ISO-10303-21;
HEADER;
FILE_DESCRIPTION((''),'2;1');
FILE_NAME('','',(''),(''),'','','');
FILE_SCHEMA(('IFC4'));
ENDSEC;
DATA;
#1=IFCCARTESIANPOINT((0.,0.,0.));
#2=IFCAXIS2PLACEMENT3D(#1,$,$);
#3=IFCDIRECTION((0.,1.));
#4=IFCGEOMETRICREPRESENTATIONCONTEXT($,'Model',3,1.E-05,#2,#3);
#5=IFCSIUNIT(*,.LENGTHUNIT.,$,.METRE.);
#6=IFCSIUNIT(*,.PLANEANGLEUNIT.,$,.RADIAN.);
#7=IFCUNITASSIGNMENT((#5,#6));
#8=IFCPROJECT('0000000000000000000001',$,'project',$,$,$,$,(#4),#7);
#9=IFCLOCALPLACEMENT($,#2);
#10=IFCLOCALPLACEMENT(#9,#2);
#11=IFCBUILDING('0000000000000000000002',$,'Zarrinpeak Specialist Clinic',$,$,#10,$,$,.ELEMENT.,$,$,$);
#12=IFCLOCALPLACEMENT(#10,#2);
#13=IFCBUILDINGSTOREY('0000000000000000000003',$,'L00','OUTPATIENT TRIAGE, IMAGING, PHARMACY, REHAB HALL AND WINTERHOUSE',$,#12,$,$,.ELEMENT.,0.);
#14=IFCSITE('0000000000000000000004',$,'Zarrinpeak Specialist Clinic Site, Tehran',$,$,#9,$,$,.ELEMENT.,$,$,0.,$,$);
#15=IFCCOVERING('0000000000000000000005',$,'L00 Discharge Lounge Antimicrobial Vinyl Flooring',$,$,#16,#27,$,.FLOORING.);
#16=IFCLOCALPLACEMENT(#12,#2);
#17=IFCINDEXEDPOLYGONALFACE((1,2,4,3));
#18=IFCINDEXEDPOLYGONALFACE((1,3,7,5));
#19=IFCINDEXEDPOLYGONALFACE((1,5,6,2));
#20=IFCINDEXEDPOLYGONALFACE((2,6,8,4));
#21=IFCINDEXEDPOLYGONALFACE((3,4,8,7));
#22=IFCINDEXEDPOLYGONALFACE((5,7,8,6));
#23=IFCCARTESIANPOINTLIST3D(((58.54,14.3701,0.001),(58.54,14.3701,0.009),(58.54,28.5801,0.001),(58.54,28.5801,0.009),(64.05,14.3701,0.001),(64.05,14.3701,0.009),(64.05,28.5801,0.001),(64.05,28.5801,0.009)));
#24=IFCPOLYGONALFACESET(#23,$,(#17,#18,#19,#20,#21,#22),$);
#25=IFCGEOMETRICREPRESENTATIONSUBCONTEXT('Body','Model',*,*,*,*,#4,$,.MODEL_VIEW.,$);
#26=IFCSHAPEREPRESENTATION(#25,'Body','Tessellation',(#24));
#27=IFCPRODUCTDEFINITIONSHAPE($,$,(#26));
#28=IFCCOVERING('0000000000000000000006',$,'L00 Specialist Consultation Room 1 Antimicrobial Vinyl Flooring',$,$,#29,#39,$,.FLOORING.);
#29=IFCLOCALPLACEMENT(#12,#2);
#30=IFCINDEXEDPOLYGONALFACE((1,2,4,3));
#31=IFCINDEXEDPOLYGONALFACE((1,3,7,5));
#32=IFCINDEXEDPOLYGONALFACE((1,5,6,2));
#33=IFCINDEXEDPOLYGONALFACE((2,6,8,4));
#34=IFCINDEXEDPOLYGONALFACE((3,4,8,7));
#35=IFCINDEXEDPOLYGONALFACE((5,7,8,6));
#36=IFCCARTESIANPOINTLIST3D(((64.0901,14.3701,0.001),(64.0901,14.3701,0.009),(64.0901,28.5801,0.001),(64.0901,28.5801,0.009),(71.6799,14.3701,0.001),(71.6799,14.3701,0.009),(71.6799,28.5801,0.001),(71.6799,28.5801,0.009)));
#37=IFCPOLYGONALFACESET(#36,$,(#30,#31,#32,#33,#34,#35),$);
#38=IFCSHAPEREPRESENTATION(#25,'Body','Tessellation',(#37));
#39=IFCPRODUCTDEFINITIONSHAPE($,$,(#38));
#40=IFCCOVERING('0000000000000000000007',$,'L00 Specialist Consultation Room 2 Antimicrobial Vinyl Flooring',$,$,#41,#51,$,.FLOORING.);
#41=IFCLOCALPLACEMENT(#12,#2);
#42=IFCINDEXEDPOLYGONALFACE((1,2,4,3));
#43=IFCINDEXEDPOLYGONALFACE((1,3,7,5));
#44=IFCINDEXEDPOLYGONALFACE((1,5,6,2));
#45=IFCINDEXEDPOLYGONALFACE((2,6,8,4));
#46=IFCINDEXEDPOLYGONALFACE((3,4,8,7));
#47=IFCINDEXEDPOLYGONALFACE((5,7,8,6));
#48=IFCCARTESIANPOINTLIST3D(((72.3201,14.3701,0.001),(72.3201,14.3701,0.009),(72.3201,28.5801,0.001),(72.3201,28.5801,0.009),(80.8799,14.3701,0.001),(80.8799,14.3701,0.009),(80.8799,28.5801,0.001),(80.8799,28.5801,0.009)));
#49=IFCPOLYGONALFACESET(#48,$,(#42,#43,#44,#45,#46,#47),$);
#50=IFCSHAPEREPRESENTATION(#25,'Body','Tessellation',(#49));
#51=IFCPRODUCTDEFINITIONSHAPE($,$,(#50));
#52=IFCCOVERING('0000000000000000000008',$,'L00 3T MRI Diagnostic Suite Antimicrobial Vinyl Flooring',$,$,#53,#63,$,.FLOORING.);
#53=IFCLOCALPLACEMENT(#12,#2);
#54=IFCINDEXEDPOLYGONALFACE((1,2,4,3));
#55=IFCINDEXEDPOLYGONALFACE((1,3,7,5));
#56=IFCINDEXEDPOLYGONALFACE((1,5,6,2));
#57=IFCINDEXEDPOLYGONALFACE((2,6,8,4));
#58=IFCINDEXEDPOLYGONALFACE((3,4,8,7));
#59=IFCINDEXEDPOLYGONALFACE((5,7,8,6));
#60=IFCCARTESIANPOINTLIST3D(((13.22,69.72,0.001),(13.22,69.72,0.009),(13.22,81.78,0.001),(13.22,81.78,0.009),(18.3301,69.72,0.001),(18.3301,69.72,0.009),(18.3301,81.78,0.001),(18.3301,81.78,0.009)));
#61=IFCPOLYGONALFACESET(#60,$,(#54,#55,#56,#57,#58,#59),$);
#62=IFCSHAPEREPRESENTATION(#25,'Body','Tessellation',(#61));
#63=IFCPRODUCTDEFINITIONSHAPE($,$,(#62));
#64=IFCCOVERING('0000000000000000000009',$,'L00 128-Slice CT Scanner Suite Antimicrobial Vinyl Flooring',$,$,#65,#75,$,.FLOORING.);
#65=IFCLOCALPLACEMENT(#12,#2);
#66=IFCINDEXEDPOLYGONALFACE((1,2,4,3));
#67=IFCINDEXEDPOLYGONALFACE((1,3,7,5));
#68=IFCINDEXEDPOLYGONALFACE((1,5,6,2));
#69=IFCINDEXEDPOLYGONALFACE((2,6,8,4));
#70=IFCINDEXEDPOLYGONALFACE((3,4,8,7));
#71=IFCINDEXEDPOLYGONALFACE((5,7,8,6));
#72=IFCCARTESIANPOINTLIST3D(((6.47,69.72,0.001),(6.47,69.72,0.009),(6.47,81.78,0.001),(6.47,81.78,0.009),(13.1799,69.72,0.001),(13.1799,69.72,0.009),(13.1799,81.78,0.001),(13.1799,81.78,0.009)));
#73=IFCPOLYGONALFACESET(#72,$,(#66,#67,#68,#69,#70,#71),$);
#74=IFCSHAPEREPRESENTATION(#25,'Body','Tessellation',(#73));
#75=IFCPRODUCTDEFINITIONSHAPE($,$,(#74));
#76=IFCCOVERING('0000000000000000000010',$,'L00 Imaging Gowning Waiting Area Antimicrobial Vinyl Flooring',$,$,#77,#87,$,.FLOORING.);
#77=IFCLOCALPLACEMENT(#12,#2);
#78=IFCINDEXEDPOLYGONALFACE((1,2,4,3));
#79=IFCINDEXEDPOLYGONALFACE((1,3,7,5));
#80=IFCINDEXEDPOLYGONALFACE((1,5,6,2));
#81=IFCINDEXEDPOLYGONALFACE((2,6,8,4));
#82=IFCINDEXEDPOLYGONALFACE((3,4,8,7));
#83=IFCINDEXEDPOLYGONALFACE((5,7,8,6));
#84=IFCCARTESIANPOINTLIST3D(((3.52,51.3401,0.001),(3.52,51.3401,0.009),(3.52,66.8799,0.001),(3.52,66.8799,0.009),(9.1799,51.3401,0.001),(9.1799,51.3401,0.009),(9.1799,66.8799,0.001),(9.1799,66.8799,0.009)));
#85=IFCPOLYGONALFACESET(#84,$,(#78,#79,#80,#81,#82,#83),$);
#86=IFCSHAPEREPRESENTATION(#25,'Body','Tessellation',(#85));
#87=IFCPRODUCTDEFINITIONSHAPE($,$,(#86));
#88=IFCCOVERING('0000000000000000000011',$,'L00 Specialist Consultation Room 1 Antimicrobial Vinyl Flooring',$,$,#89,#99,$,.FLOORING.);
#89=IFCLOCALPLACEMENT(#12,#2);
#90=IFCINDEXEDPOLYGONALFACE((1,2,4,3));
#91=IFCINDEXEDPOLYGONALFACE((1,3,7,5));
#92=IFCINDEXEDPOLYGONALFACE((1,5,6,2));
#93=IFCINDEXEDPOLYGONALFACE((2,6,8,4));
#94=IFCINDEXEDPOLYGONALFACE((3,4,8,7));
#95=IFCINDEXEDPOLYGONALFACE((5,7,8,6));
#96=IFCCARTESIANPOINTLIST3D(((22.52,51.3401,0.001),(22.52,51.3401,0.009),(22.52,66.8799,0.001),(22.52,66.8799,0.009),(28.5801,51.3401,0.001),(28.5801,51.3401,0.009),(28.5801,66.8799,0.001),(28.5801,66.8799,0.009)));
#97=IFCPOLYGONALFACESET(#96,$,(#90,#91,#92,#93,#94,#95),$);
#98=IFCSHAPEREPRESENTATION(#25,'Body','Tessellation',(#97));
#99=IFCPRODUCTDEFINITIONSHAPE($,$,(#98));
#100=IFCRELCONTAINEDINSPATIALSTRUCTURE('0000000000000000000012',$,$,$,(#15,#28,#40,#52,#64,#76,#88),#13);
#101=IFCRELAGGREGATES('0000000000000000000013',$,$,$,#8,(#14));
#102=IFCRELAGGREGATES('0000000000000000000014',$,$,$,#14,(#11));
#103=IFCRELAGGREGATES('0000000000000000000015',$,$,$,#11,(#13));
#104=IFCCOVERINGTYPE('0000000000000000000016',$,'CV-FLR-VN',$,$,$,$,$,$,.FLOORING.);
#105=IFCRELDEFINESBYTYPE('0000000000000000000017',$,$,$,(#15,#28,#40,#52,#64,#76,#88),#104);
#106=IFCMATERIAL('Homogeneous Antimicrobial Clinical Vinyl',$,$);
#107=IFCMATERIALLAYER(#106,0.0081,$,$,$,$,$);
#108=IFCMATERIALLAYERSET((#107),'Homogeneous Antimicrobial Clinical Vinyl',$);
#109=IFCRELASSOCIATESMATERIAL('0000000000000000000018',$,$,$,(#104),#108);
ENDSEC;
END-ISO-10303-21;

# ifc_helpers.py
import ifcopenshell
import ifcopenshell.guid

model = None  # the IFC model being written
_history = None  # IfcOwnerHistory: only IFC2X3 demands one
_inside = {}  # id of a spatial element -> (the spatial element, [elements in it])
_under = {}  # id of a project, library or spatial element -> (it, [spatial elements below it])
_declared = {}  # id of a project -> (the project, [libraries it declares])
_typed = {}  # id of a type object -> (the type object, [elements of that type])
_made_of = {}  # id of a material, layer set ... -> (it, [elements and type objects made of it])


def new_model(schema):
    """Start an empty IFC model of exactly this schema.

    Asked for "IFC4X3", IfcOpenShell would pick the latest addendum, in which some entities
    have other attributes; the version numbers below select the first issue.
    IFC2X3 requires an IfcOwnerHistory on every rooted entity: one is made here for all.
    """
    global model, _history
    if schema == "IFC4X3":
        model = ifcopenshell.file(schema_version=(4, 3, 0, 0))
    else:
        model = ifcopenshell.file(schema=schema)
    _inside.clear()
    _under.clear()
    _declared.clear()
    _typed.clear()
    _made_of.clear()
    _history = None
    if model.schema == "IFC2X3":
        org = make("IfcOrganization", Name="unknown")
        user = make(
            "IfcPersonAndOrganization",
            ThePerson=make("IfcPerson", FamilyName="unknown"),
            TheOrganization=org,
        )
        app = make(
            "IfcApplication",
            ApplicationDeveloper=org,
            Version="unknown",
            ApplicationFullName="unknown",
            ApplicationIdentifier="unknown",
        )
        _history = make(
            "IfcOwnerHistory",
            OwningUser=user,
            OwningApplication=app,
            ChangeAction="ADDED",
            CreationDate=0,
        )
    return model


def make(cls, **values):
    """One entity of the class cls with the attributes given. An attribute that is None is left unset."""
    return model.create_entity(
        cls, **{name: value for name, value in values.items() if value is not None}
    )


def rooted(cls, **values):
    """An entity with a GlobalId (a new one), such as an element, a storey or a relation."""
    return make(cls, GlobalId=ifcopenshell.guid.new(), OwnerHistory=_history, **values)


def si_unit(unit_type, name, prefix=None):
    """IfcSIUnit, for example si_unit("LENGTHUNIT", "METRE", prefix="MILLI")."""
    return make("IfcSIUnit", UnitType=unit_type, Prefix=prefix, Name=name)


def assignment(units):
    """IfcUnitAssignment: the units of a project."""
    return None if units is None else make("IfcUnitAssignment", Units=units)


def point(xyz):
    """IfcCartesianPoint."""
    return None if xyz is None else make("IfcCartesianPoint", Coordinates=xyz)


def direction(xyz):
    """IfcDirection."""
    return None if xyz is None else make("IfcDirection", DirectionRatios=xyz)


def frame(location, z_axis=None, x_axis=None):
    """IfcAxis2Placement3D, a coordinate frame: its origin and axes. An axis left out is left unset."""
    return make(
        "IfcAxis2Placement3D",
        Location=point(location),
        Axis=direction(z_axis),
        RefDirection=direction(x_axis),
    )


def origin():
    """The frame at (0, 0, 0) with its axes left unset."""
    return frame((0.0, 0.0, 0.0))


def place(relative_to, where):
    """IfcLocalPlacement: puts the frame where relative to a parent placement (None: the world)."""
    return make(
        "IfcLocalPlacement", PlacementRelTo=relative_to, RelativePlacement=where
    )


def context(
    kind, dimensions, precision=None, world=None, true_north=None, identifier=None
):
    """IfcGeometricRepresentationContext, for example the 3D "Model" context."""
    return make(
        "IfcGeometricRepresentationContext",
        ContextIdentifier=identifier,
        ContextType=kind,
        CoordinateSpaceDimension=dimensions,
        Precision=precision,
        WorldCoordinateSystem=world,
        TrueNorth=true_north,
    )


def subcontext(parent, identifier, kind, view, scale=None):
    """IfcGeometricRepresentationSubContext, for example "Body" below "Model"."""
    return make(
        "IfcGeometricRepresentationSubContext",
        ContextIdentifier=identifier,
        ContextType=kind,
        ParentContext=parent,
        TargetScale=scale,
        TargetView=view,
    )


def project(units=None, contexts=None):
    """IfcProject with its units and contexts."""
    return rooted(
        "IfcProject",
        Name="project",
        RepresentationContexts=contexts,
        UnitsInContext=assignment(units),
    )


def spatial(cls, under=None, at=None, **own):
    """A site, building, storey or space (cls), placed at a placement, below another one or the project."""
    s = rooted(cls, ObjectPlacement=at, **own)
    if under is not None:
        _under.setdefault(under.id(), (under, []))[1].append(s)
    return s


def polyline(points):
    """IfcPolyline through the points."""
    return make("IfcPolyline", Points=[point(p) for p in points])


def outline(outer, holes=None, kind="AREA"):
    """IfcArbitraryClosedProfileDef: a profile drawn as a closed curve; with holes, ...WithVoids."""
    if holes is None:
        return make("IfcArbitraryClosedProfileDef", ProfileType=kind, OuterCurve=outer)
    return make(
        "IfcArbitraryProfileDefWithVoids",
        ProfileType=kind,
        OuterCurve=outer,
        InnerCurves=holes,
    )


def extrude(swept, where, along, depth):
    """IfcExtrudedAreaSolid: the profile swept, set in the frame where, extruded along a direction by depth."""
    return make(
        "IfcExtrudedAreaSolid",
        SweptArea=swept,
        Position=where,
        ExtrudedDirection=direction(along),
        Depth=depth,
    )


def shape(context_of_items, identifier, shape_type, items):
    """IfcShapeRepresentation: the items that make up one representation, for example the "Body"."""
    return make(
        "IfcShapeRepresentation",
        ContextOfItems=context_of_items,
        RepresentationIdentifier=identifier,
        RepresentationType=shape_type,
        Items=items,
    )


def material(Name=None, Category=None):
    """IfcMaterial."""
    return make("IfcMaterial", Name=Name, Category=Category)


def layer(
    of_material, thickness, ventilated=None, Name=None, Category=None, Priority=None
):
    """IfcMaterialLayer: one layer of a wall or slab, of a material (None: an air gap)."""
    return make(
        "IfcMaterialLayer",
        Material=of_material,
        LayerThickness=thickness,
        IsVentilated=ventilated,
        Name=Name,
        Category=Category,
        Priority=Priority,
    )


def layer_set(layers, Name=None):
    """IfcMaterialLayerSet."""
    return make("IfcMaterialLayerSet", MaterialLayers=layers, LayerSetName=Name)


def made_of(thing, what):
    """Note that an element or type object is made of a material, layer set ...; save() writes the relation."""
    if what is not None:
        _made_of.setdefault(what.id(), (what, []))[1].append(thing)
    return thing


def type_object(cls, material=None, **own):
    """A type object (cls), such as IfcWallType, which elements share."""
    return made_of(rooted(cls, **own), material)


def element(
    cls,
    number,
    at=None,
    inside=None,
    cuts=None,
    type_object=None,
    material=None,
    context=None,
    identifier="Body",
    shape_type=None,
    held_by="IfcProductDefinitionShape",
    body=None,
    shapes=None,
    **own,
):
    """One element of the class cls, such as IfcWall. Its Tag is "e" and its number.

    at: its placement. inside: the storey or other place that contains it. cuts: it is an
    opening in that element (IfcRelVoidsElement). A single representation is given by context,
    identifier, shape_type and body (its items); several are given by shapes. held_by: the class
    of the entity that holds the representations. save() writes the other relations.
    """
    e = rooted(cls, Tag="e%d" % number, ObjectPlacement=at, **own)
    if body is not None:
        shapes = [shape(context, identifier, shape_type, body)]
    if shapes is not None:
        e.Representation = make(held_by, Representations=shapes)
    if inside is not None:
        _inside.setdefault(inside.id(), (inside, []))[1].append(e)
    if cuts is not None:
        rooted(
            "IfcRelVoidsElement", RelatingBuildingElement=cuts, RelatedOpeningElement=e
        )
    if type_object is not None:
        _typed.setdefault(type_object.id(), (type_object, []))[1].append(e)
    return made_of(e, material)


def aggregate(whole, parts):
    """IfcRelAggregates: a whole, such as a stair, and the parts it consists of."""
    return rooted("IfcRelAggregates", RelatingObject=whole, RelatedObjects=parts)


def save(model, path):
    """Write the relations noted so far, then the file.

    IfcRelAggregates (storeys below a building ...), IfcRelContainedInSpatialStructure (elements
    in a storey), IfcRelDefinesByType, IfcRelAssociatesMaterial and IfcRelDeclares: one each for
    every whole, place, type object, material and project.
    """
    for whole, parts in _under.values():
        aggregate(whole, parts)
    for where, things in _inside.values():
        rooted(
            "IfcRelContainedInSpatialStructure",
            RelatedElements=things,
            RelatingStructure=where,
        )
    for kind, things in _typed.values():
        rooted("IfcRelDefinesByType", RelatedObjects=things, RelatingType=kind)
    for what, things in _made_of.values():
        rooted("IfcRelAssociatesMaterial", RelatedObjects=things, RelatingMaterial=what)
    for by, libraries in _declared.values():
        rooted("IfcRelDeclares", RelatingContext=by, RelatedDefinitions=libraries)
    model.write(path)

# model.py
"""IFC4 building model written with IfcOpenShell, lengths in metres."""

from ifc_helpers import new_model, si_unit, direction, frame, origin, place, context, subcontext, project, spatial, polyline, outline, extrude, material, layer, layer_set, type_object, element, save


model = new_model("IFC4")

# Units and contexts
model_context = context("Model", 3, precision=1e-05, world=origin(), true_north=direction((0.0, 1.0)))
body_context = subcontext(model_context, "Body", "Model", "MODEL_VIEW")
ifc_project = project(units=[si_unit("LENGTHUNIT", "METRE"), si_unit("PLANEANGLEUNIT", "RADIAN")], contexts=[model_context])

# Site, building, storey
site_placement = place(None, origin())
site = spatial("IfcSite", under=ifc_project, at=site_placement, Name="Zarrinpeak Specialist Clinic Site, Tehran", CompositionType="ELEMENT", RefElevation=0.0)
building_placement = place(site_placement, origin())
building = spatial("IfcBuilding", under=site, at=building_placement, Name="Zarrinpeak Specialist Clinic", CompositionType="ELEMENT")
storey_placement = place(building_placement, origin())
storey = spatial("IfcBuildingStorey", under=building, at=storey_placement, Name="L00", Description="OUTPATIENT TRIAGE, IMAGING, PHARMACY, REHAB HALL AND WINTERHOUSE", CompositionType="ELEMENT", Elevation=0.0)

# Coverings
ifc_material_1 = material(Name="Homogeneous Antimicrobial Clinical Vinyl")
ifc_layer_1 = layer(ifc_material_1, 0.0081)
ifc_layer_set_1 = layer_set([ifc_layer_1], Name="Homogeneous Antimicrobial Clinical Vinyl")
covering_type = type_object("IfcCoveringType", Name="CV-FLR-VN", PredefinedType="FLOORING", material=ifc_layer_set_1)
covering_1_placement = place(storey_placement, frame((0.0, 0.0, 0.001)))
element("IfcCovering", 1, at=covering_1_placement, inside=storey, type_object=covering_type, Name="L00 Discharge Lounge Antimicrobial Vinyl Flooring", PredefinedType="FLOORING", context=body_context, shape_type="SweptSolid", body=[
    extrude(outline(polyline([(58.54, 14.3701), (64.05, 14.3701), (64.05, 28.5801), (58.54, 28.5801), (58.54, 14.3701)])), origin(), (0.0, 0.0, 1.0), 0.0081),
])
covering_2_placement = place(storey_placement, frame((0.0, 0.0, 0.001)))
element("IfcCovering", 2, at=covering_2_placement, inside=storey, type_object=covering_type, Name="L00 Specialist Consultation Room 1 Antimicrobial Vinyl Flooring", PredefinedType="FLOORING", context=body_context, shape_type="SweptSolid", body=[
    extrude(outline(polyline([(64.0901, 14.3701), (71.6799, 14.3701), (71.6799, 28.5801), (64.0901, 28.5801), (64.0901, 14.3701)])), origin(), (0.0, 0.0, 1.0), 0.0081),
])
covering_3_placement = place(storey_placement, frame((0.0, 0.0, 0.001)))
element("IfcCovering", 3, at=covering_3_placement, inside=storey, type_object=covering_type, Name="L00 Specialist Consultation Room 2 Antimicrobial Vinyl Flooring", PredefinedType="FLOORING", context=body_context, shape_type="SweptSolid", body=[
    extrude(outline(polyline([(72.3201, 14.3701), (80.8799, 14.3701), (80.8799, 28.5801), (72.3201, 28.5801), (72.3201, 14.3701)])), origin(), (0.0, 0.0, 1.0), 0.0081),
])
covering_4_placement = place(storey_placement, frame((0.0, 0.0, 0.001)))
element("IfcCovering", 4, at=covering_4_placement, inside=storey, type_object=covering_type, Name="L00 3T MRI Diagnostic Suite Antimicrobial Vinyl Flooring", PredefinedType="FLOORING", context=body_context, shape_type="SweptSolid", body=[
    extrude(outline(polyline([(13.22, 69.72), (18.3301, 69.72), (18.3301, 81.78), (13.22, 81.78), (13.22, 69.72)])), origin(), (0.0, 0.0, 1.0), 0.0081),
])
covering_5_placement = place(storey_placement, frame((0.0, 0.0, 0.001)))
element("IfcCovering", 5, at=covering_5_placement, inside=storey, type_object=covering_type, Name="L00 128-Slice CT Scanner Suite Antimicrobial Vinyl Flooring", PredefinedType="FLOORING", context=body_context, shape_type="SweptSolid", body=[
    extrude(outline(polyline([(6.47, 69.72), (13.1799, 69.72), (13.1799, 81.78), (6.47, 81.78), (6.47, 69.72)])), origin(), (0.0, 0.0, 1.0), 0.0081),
])
covering_6_placement = place(storey_placement, frame((0.0, 0.0, 0.001)))
element("IfcCovering", 6, at=covering_6_placement, inside=storey, type_object=covering_type, Name="L00 Imaging Gowning Waiting Area Antimicrobial Vinyl Flooring", PredefinedType="FLOORING", context=body_context, shape_type="SweptSolid", body=[
    extrude(outline(polyline([(3.52, 51.3401), (9.1799, 51.3401), (9.1799, 66.8799), (3.52, 66.8799), (3.52, 51.3401)])), origin(), (0.0, 0.0, 1.0), 0.0081),
])
covering_7_placement = place(storey_placement, frame((0.0, 0.0, 0.001)))
element("IfcCovering", 7, at=covering_7_placement, inside=storey, type_object=covering_type, Name="L00 Specialist Consultation Room 1 Antimicrobial Vinyl Flooring", PredefinedType="FLOORING", context=body_context, shape_type="SweptSolid", body=[
    extrude(outline(polyline([(22.52, 51.3401), (28.5801, 51.3401), (28.5801, 66.8799), (22.52, 66.8799), (22.52, 51.3401)])), origin(), (0.0, 0.0, 1.0), 0.0081),
])

save(model, "model.ifc")
